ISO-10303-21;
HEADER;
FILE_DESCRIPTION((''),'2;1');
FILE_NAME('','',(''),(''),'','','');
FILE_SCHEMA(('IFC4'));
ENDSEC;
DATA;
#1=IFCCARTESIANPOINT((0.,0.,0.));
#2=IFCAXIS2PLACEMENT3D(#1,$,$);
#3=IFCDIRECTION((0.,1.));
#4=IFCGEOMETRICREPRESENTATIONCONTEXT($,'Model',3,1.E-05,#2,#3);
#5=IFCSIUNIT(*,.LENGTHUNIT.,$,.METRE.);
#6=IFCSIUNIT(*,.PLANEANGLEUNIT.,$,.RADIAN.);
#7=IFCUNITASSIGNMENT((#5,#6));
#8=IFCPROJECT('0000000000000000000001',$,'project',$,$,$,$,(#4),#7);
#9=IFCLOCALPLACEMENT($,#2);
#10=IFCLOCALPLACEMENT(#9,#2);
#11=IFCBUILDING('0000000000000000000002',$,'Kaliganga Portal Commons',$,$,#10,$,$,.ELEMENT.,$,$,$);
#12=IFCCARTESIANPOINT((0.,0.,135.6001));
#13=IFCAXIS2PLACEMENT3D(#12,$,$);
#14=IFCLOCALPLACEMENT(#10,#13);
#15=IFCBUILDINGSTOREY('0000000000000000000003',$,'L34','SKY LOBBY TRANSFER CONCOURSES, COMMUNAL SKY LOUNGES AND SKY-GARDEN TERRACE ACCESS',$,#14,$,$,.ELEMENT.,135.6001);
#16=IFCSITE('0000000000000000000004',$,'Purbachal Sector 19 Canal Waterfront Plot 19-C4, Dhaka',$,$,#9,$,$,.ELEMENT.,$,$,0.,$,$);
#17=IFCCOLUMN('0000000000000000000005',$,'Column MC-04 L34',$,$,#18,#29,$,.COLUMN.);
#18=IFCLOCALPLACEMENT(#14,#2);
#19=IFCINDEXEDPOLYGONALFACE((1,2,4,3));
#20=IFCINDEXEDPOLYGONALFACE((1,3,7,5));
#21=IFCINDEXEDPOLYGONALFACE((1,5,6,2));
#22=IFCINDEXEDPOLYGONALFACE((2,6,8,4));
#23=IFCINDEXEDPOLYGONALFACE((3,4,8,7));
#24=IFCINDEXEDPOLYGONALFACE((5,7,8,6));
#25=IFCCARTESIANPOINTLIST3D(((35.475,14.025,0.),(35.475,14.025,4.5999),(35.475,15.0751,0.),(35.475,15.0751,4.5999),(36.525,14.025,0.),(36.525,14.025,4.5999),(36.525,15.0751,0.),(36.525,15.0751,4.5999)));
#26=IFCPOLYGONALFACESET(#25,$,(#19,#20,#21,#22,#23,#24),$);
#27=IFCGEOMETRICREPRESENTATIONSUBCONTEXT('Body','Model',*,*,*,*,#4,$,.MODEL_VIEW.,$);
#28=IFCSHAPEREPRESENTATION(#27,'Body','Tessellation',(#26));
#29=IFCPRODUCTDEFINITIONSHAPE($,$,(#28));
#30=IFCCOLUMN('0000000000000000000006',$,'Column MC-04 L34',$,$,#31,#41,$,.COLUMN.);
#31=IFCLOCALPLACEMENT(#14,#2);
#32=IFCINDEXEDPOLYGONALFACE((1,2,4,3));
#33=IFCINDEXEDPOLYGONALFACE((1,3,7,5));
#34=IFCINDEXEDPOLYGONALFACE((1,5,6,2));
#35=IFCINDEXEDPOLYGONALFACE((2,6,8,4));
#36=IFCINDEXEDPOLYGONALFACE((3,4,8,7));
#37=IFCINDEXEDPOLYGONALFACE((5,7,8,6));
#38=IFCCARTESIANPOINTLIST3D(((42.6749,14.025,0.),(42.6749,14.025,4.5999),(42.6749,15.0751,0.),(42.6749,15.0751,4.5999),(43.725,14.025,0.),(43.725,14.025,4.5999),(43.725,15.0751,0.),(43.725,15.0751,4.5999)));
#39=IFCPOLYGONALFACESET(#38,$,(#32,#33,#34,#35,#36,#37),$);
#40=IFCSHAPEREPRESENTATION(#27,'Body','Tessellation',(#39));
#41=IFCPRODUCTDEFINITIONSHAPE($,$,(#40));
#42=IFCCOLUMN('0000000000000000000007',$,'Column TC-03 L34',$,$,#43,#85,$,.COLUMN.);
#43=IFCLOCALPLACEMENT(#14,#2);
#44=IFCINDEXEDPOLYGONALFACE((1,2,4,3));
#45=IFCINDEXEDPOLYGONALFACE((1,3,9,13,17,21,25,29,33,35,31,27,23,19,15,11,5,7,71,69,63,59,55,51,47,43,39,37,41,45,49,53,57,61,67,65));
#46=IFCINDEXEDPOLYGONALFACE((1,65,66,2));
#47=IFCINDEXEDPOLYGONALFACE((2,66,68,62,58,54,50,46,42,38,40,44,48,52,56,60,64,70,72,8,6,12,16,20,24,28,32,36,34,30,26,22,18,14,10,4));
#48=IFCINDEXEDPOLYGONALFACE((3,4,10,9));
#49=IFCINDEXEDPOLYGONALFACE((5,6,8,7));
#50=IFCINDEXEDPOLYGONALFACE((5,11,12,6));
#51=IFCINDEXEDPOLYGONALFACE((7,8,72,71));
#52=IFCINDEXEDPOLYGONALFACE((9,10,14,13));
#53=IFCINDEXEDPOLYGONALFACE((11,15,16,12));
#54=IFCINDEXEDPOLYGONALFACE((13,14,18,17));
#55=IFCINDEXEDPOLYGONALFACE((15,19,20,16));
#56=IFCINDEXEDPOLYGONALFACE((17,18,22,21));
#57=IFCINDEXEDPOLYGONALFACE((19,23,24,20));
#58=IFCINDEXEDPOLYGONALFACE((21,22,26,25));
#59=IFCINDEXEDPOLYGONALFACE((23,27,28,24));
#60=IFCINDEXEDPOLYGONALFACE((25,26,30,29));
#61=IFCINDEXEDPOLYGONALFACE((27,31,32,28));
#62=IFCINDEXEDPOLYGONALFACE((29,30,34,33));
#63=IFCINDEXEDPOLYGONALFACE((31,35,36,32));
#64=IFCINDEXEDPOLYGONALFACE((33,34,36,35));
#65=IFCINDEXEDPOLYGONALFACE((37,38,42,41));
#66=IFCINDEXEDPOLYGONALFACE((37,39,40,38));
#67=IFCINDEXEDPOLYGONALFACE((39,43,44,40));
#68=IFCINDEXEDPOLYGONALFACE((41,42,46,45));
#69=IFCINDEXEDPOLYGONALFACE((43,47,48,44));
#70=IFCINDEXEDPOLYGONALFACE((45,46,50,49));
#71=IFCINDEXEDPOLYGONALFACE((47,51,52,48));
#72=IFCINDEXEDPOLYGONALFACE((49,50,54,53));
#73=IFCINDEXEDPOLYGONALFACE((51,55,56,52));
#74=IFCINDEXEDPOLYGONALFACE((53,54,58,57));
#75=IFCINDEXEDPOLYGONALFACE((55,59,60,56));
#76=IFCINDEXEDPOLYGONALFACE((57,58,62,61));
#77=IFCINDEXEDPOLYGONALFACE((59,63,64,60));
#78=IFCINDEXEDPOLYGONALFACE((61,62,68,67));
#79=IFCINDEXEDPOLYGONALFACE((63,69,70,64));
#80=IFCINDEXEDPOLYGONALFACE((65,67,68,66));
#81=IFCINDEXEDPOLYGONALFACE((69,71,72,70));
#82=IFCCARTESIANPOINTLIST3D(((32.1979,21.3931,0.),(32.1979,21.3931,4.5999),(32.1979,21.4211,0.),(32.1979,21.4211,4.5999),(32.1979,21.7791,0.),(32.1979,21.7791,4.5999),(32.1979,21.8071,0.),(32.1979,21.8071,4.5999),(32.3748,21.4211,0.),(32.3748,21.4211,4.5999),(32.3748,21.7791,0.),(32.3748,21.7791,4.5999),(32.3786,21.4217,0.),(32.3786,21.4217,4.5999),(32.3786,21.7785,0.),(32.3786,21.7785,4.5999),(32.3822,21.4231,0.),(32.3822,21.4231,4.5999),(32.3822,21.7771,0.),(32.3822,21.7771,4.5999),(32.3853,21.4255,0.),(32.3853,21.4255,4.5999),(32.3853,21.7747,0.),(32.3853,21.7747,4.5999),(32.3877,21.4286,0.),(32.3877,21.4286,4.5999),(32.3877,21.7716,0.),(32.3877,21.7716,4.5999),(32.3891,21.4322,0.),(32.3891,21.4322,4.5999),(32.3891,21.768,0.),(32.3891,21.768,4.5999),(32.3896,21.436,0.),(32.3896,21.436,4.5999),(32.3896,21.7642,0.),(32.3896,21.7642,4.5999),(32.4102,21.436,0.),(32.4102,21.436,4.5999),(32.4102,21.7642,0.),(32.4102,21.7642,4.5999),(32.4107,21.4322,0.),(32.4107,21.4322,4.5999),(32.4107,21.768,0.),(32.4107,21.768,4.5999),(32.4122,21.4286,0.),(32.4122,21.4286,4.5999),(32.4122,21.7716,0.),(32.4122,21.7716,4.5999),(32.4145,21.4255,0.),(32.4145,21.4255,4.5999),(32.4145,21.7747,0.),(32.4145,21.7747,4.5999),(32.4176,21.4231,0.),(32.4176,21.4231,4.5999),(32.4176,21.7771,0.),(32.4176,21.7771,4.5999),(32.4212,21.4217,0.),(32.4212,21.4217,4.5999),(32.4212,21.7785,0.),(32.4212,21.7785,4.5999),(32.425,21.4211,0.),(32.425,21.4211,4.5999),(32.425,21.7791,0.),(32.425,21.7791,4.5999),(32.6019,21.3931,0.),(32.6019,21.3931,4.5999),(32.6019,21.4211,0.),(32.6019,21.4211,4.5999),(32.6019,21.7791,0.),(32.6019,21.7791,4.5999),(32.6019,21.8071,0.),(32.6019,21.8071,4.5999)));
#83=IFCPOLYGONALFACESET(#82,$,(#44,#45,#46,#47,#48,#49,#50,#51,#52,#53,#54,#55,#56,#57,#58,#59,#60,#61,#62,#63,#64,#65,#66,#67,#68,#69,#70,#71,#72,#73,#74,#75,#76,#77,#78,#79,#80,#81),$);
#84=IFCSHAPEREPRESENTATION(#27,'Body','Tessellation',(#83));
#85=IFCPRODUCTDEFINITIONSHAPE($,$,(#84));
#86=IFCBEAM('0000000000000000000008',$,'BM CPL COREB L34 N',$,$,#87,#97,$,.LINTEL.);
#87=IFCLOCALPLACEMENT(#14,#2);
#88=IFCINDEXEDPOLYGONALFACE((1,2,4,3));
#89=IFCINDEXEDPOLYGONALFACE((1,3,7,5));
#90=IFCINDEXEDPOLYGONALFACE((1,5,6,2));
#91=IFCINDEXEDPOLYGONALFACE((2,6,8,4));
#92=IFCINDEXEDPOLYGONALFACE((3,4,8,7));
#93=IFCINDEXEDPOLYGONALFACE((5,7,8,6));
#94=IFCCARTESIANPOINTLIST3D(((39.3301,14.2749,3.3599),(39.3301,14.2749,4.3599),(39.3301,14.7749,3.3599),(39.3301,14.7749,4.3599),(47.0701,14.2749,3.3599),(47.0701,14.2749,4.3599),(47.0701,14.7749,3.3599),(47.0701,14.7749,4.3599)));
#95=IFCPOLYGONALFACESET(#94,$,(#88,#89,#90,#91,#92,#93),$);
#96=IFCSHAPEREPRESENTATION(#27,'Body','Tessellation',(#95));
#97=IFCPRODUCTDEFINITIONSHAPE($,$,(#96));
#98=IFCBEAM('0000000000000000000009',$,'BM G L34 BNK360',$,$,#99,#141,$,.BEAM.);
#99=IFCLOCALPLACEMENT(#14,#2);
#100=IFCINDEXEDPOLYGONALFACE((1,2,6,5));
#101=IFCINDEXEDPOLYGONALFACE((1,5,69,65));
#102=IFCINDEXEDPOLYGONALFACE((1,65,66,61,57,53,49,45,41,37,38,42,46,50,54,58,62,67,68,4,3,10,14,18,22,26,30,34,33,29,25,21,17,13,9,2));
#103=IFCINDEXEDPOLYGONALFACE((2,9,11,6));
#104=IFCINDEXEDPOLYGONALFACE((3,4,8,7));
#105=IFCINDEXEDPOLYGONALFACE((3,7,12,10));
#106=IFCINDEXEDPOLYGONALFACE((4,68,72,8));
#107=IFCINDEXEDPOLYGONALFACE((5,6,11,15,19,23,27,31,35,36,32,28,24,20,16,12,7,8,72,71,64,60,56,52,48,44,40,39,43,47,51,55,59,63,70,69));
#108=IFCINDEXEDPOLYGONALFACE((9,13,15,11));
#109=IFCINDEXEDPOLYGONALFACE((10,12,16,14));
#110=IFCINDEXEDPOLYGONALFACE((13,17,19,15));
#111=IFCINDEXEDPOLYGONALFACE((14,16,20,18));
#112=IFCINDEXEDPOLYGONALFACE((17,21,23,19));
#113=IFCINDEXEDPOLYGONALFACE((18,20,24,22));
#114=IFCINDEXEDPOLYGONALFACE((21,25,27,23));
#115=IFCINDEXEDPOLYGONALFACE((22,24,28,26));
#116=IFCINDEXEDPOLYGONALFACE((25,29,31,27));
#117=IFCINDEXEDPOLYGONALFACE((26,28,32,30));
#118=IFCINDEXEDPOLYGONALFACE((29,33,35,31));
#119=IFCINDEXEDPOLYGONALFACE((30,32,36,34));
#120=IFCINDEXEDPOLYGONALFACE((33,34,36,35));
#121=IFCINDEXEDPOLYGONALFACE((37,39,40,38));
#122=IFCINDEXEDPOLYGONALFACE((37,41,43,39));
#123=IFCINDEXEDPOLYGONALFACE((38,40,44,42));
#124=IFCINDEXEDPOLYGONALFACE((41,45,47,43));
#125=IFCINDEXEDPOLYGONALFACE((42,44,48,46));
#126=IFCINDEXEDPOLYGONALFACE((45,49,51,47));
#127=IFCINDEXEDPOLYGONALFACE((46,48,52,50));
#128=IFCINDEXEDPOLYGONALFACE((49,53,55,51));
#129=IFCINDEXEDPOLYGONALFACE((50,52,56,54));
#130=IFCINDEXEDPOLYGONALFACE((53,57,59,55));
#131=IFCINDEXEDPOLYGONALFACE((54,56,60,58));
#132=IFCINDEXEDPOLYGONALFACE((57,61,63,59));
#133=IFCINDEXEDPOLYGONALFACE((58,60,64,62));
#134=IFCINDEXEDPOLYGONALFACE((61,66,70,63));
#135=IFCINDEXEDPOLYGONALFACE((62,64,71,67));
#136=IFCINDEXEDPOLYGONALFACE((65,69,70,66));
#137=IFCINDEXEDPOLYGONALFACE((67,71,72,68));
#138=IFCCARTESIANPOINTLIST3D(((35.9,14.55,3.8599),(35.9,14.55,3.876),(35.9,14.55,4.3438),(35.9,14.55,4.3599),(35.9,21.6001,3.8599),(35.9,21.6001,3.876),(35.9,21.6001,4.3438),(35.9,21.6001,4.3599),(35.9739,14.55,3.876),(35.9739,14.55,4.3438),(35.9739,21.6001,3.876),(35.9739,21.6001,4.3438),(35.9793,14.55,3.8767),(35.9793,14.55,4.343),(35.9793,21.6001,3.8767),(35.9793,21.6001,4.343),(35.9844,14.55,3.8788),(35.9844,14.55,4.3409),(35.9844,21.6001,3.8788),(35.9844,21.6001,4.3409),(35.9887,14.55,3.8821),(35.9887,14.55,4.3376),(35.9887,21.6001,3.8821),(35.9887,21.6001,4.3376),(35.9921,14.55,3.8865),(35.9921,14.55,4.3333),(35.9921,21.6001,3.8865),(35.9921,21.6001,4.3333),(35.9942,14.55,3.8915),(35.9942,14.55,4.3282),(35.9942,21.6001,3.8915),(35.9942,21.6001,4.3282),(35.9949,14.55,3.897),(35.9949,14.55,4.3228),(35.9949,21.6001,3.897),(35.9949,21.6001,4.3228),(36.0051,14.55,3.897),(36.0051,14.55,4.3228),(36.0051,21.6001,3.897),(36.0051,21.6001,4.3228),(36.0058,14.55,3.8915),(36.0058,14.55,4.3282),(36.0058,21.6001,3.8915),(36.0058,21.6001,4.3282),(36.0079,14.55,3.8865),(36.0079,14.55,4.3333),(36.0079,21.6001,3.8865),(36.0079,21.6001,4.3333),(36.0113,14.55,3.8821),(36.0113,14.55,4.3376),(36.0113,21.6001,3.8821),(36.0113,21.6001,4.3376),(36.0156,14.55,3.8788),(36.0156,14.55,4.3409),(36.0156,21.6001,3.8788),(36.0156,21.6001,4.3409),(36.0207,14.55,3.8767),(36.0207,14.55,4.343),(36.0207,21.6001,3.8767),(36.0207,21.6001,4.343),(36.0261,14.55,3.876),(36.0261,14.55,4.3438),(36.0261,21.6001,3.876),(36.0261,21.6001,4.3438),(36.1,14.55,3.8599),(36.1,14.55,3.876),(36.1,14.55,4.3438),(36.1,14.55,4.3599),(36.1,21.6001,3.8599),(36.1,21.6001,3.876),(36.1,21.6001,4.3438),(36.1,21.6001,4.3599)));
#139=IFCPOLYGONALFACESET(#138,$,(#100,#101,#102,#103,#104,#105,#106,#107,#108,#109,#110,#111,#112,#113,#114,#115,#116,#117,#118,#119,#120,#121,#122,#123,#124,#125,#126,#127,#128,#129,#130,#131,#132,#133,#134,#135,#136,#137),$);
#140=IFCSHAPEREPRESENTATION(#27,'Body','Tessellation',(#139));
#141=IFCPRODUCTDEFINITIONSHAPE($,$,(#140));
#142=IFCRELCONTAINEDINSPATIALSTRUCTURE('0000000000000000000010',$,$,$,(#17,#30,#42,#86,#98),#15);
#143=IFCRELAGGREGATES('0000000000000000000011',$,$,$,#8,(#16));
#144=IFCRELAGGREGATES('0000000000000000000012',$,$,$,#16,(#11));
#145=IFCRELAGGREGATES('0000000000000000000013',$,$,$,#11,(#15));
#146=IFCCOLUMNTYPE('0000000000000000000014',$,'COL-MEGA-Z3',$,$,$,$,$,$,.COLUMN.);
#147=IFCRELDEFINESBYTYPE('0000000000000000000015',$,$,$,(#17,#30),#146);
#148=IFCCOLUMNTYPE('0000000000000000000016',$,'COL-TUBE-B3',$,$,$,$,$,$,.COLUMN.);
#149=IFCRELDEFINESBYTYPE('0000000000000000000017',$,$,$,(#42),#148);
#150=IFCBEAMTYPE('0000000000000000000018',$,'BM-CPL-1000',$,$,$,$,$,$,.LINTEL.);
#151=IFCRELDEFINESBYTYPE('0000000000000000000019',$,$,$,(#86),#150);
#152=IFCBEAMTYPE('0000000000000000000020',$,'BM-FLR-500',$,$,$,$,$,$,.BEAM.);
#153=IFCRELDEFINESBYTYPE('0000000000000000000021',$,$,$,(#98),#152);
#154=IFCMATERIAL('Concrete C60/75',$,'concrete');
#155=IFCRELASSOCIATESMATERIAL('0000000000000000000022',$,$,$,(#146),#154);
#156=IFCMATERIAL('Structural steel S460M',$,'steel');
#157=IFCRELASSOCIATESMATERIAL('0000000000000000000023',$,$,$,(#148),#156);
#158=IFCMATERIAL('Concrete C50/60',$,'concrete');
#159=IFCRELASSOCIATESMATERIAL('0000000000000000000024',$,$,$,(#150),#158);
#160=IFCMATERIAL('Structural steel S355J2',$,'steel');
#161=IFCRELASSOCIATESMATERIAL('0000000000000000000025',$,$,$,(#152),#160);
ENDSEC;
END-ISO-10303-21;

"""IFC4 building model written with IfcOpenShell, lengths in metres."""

from ifc_helpers import new_model, si_unit, direction, frame, origin, origin_2d, place, context, subcontext, project, spatial, rectangle, i_section, extrude, source, transform, mapped, material, material_profile, profile_set, type_object, element, save


model = new_model("IFC4")

# Units and contexts
model_context = context("Model", 3, precision=1e-05, world=origin(), true_north=direction((0.0, 1.0)))
body_context = subcontext(model_context, "Body", "Model", "MODEL_VIEW")
ifc_project = project(units=[si_unit("LENGTHUNIT", "METRE"), si_unit("PLANEANGLEUNIT", "RADIAN")], contexts=[model_context])

# Site, building, storey
site_placement = place(None, origin())
site = spatial("IfcSite", under=ifc_project, at=site_placement, Name="Purbachal Sector 19 Canal Waterfront Plot 19-C4, Dhaka", CompositionType="ELEMENT", RefElevation=0.0)
building_placement = place(site_placement, origin())
building = spatial("IfcBuilding", under=site, at=building_placement, Name="Kaliganga Portal Commons", CompositionType="ELEMENT")
storey_placement = place(building_placement, frame((0.0, 0.0, 135.6001)))
storey = spatial("IfcBuildingStorey", under=building, at=storey_placement, Name="L34", Description="SKY LOBBY TRANSFER CONCOURSES, COMMUNAL SKY LOUNGES AND SKY-GARDEN TERRACE ACCESS", CompositionType="ELEMENT", Elevation=135.6001)

# Columns
ifc_material_1 = material(Name="Concrete C60/75", Category="concrete")
ifc_material_profile_1 = material_profile(ifc_material_1, rectangle(XDim=1.05, YDim=1.05, at=origin_2d()), Name="RC 1050x1050")
ifc_profile_set_1 = profile_set([ifc_material_profile_1], Name="Concrete C60/75")
column_type_1 = type_object("IfcColumnType", Name="COL-MEGA-Z3", PredefinedType="COLUMN", material=ifc_profile_set_1)
shared_shape_1 = source(origin(), body_context, "Body", "SweptSolid", [
    extrude(rectangle(XDim=1.05, YDim=1.05, at=origin_2d()), origin(), (0.0, 0.0, 1.0), 4.5999),
])
for number, where, z_axis, x_axis, name in (
    (1, (36.0, 14.55, 0.0), (0.0, 0.0, 1.0), (1.0, 0.0, 0.0), "Column MC-04 L34"),
    (2, (43.2, 14.55, 0.0), (0.0, 0.0, 1.0), (1.0, 0.0, 0.0), "Column MC-04 L34"),
):
    element("IfcColumn", number, at=place(storey_placement, frame(where, z_axis=z_axis, x_axis=x_axis)), inside=storey, type_object=column_type_1, Name=name, PredefinedType="COLUMN", context=body_context, shape_type="MappedRepresentation", body=[
        mapped(shared_shape_1, transform((0.0, 0.0, 0.0), x_axis=(1.0, 0.0, 0.0), y_axis=(0.0, 1.0, 0.0), z_axis=(0.0, 0.0, 1.0), scale=1.0)),
    ])
ifc_material_2 = material(Name="Structural steel S460M", Category="steel")
ifc_material_profile_2 = material_profile(ifc_material_2, i_section(OverallWidth=0.4041, OverallDepth=0.4141, WebThickness=0.0205, FlangeThickness=0.0281, FilletRadius=0.0149, at=origin_2d()), Name="HD 400x347")
ifc_profile_set_2 = profile_set([ifc_material_profile_2], Name="Structural steel S460M wide-flange")
column_type_2 = type_object("IfcColumnType", Name="COL-TUBE-B3", PredefinedType="COLUMN", material=ifc_profile_set_2)
shared_shape_2 = source(origin(), body_context, "Body", "SweptSolid", [
    extrude(i_section(OverallWidth=0.4041, OverallDepth=0.4141, WebThickness=0.0205, FlangeThickness=0.0281, FilletRadius=0.0149, at=origin_2d()), origin(), (0.0, 0.0, 1.0), 4.5999),
])
column_placement = place(storey_placement, frame((32.3999, 21.6001, 0.0), z_axis=(0.0, 0.0, 1.0), x_axis=(1.0, 0.0, 0.0)))
element("IfcColumn", 3, at=column_placement, inside=storey, type_object=column_type_2, Name="Column TC-03 L34", PredefinedType="COLUMN", context=body_context, shape_type="MappedRepresentation", body=[
    mapped(shared_shape_2, transform((0.0, 0.0, 0.0), x_axis=(1.0, 0.0, 0.0), y_axis=(0.0, 1.0, 0.0), z_axis=(0.0, 0.0, 1.0), scale=1.0)),
])

# Beams
ifc_material_3 = material(Name="Concrete C50/60", Category="concrete")
ifc_material_profile_3 = material_profile(ifc_material_3, rectangle(XDim=0.5, YDim=1.0, at=origin_2d()), Name="RC 500x1000")
ifc_profile_set_3 = profile_set([ifc_material_profile_3], Name="Concrete C50/60")
beam_type_1 = type_object("IfcBeamType", Name="BM-CPL-1000", PredefinedType="LINTEL", material=ifc_profile_set_3)
shared_shape_3 = source(origin(), body_context, "Body", "SweptSolid", [
    extrude(rectangle(XDim=0.5, YDim=1.0, at=origin_2d()), origin(), (0.0, 0.0, 1.0), 7.74),
])
beam_1_placement = place(storey_placement, frame((39.3301, 14.5249, 3.8599), z_axis=(1.0, 0.0, 0.0), x_axis=(0.0, 1.0, 0.0)))
element("IfcBeam", 4, at=beam_1_placement, inside=storey, type_object=beam_type_1, Name="BM CPL COREB L34 N", PredefinedType="LINTEL", context=body_context, shape_type="MappedRepresentation", body=[
    mapped(shared_shape_3, transform((0.0, 0.0, 0.0), x_axis=(1.0, 0.0, 0.0), y_axis=(0.0, 1.0, 0.0), z_axis=(0.0, 0.0, 1.0), scale=1.0)),
])
ifc_material_4 = material(Name="Structural steel S355J2", Category="steel")
ifc_material_profile_4 = material_profile(ifc_material_4, i_section(OverallWidth=0.2, OverallDepth=0.5, WebThickness=0.0103, FlangeThickness=0.0161, FilletRadius=0.021, at=origin_2d()), Name="IPE 500")
ifc_profile_set_4 = profile_set([ifc_material_profile_4], Name="Structural steel S355J2 wide-flange")
beam_type_2 = type_object("IfcBeamType", Name="BM-FLR-500", PredefinedType="BEAM", material=ifc_profile_set_4)
shared_shape_4 = source(origin(), body_context, "Body", "SweptSolid", [
    extrude(i_section(OverallWidth=0.2, OverallDepth=0.5, WebThickness=0.0103, FlangeThickness=0.0161, FilletRadius=0.021, at=origin_2d()), origin(), (0.0, 0.0, 1.0), 7.05),
])
beam_2_placement = place(storey_placement, frame((36.0, 14.55, 4.1099), z_axis=(0.0, 1.0, 0.0), x_axis=(-1.0, 0.0, 0.0)))
element("IfcBeam", 5, at=beam_2_placement, inside=storey, type_object=beam_type_2, Name="BM G L34 BNK360", PredefinedType="BEAM", context=body_context, shape_type="MappedRepresentation", body=[
    mapped(shared_shape_4, transform((0.0, 0.0, 0.0), x_axis=(1.0, 0.0, 0.0), y_axis=(0.0, 1.0, 0.0), z_axis=(0.0, 0.0, 1.0), scale=1.0)),
])

save(model, "model.ifc")
